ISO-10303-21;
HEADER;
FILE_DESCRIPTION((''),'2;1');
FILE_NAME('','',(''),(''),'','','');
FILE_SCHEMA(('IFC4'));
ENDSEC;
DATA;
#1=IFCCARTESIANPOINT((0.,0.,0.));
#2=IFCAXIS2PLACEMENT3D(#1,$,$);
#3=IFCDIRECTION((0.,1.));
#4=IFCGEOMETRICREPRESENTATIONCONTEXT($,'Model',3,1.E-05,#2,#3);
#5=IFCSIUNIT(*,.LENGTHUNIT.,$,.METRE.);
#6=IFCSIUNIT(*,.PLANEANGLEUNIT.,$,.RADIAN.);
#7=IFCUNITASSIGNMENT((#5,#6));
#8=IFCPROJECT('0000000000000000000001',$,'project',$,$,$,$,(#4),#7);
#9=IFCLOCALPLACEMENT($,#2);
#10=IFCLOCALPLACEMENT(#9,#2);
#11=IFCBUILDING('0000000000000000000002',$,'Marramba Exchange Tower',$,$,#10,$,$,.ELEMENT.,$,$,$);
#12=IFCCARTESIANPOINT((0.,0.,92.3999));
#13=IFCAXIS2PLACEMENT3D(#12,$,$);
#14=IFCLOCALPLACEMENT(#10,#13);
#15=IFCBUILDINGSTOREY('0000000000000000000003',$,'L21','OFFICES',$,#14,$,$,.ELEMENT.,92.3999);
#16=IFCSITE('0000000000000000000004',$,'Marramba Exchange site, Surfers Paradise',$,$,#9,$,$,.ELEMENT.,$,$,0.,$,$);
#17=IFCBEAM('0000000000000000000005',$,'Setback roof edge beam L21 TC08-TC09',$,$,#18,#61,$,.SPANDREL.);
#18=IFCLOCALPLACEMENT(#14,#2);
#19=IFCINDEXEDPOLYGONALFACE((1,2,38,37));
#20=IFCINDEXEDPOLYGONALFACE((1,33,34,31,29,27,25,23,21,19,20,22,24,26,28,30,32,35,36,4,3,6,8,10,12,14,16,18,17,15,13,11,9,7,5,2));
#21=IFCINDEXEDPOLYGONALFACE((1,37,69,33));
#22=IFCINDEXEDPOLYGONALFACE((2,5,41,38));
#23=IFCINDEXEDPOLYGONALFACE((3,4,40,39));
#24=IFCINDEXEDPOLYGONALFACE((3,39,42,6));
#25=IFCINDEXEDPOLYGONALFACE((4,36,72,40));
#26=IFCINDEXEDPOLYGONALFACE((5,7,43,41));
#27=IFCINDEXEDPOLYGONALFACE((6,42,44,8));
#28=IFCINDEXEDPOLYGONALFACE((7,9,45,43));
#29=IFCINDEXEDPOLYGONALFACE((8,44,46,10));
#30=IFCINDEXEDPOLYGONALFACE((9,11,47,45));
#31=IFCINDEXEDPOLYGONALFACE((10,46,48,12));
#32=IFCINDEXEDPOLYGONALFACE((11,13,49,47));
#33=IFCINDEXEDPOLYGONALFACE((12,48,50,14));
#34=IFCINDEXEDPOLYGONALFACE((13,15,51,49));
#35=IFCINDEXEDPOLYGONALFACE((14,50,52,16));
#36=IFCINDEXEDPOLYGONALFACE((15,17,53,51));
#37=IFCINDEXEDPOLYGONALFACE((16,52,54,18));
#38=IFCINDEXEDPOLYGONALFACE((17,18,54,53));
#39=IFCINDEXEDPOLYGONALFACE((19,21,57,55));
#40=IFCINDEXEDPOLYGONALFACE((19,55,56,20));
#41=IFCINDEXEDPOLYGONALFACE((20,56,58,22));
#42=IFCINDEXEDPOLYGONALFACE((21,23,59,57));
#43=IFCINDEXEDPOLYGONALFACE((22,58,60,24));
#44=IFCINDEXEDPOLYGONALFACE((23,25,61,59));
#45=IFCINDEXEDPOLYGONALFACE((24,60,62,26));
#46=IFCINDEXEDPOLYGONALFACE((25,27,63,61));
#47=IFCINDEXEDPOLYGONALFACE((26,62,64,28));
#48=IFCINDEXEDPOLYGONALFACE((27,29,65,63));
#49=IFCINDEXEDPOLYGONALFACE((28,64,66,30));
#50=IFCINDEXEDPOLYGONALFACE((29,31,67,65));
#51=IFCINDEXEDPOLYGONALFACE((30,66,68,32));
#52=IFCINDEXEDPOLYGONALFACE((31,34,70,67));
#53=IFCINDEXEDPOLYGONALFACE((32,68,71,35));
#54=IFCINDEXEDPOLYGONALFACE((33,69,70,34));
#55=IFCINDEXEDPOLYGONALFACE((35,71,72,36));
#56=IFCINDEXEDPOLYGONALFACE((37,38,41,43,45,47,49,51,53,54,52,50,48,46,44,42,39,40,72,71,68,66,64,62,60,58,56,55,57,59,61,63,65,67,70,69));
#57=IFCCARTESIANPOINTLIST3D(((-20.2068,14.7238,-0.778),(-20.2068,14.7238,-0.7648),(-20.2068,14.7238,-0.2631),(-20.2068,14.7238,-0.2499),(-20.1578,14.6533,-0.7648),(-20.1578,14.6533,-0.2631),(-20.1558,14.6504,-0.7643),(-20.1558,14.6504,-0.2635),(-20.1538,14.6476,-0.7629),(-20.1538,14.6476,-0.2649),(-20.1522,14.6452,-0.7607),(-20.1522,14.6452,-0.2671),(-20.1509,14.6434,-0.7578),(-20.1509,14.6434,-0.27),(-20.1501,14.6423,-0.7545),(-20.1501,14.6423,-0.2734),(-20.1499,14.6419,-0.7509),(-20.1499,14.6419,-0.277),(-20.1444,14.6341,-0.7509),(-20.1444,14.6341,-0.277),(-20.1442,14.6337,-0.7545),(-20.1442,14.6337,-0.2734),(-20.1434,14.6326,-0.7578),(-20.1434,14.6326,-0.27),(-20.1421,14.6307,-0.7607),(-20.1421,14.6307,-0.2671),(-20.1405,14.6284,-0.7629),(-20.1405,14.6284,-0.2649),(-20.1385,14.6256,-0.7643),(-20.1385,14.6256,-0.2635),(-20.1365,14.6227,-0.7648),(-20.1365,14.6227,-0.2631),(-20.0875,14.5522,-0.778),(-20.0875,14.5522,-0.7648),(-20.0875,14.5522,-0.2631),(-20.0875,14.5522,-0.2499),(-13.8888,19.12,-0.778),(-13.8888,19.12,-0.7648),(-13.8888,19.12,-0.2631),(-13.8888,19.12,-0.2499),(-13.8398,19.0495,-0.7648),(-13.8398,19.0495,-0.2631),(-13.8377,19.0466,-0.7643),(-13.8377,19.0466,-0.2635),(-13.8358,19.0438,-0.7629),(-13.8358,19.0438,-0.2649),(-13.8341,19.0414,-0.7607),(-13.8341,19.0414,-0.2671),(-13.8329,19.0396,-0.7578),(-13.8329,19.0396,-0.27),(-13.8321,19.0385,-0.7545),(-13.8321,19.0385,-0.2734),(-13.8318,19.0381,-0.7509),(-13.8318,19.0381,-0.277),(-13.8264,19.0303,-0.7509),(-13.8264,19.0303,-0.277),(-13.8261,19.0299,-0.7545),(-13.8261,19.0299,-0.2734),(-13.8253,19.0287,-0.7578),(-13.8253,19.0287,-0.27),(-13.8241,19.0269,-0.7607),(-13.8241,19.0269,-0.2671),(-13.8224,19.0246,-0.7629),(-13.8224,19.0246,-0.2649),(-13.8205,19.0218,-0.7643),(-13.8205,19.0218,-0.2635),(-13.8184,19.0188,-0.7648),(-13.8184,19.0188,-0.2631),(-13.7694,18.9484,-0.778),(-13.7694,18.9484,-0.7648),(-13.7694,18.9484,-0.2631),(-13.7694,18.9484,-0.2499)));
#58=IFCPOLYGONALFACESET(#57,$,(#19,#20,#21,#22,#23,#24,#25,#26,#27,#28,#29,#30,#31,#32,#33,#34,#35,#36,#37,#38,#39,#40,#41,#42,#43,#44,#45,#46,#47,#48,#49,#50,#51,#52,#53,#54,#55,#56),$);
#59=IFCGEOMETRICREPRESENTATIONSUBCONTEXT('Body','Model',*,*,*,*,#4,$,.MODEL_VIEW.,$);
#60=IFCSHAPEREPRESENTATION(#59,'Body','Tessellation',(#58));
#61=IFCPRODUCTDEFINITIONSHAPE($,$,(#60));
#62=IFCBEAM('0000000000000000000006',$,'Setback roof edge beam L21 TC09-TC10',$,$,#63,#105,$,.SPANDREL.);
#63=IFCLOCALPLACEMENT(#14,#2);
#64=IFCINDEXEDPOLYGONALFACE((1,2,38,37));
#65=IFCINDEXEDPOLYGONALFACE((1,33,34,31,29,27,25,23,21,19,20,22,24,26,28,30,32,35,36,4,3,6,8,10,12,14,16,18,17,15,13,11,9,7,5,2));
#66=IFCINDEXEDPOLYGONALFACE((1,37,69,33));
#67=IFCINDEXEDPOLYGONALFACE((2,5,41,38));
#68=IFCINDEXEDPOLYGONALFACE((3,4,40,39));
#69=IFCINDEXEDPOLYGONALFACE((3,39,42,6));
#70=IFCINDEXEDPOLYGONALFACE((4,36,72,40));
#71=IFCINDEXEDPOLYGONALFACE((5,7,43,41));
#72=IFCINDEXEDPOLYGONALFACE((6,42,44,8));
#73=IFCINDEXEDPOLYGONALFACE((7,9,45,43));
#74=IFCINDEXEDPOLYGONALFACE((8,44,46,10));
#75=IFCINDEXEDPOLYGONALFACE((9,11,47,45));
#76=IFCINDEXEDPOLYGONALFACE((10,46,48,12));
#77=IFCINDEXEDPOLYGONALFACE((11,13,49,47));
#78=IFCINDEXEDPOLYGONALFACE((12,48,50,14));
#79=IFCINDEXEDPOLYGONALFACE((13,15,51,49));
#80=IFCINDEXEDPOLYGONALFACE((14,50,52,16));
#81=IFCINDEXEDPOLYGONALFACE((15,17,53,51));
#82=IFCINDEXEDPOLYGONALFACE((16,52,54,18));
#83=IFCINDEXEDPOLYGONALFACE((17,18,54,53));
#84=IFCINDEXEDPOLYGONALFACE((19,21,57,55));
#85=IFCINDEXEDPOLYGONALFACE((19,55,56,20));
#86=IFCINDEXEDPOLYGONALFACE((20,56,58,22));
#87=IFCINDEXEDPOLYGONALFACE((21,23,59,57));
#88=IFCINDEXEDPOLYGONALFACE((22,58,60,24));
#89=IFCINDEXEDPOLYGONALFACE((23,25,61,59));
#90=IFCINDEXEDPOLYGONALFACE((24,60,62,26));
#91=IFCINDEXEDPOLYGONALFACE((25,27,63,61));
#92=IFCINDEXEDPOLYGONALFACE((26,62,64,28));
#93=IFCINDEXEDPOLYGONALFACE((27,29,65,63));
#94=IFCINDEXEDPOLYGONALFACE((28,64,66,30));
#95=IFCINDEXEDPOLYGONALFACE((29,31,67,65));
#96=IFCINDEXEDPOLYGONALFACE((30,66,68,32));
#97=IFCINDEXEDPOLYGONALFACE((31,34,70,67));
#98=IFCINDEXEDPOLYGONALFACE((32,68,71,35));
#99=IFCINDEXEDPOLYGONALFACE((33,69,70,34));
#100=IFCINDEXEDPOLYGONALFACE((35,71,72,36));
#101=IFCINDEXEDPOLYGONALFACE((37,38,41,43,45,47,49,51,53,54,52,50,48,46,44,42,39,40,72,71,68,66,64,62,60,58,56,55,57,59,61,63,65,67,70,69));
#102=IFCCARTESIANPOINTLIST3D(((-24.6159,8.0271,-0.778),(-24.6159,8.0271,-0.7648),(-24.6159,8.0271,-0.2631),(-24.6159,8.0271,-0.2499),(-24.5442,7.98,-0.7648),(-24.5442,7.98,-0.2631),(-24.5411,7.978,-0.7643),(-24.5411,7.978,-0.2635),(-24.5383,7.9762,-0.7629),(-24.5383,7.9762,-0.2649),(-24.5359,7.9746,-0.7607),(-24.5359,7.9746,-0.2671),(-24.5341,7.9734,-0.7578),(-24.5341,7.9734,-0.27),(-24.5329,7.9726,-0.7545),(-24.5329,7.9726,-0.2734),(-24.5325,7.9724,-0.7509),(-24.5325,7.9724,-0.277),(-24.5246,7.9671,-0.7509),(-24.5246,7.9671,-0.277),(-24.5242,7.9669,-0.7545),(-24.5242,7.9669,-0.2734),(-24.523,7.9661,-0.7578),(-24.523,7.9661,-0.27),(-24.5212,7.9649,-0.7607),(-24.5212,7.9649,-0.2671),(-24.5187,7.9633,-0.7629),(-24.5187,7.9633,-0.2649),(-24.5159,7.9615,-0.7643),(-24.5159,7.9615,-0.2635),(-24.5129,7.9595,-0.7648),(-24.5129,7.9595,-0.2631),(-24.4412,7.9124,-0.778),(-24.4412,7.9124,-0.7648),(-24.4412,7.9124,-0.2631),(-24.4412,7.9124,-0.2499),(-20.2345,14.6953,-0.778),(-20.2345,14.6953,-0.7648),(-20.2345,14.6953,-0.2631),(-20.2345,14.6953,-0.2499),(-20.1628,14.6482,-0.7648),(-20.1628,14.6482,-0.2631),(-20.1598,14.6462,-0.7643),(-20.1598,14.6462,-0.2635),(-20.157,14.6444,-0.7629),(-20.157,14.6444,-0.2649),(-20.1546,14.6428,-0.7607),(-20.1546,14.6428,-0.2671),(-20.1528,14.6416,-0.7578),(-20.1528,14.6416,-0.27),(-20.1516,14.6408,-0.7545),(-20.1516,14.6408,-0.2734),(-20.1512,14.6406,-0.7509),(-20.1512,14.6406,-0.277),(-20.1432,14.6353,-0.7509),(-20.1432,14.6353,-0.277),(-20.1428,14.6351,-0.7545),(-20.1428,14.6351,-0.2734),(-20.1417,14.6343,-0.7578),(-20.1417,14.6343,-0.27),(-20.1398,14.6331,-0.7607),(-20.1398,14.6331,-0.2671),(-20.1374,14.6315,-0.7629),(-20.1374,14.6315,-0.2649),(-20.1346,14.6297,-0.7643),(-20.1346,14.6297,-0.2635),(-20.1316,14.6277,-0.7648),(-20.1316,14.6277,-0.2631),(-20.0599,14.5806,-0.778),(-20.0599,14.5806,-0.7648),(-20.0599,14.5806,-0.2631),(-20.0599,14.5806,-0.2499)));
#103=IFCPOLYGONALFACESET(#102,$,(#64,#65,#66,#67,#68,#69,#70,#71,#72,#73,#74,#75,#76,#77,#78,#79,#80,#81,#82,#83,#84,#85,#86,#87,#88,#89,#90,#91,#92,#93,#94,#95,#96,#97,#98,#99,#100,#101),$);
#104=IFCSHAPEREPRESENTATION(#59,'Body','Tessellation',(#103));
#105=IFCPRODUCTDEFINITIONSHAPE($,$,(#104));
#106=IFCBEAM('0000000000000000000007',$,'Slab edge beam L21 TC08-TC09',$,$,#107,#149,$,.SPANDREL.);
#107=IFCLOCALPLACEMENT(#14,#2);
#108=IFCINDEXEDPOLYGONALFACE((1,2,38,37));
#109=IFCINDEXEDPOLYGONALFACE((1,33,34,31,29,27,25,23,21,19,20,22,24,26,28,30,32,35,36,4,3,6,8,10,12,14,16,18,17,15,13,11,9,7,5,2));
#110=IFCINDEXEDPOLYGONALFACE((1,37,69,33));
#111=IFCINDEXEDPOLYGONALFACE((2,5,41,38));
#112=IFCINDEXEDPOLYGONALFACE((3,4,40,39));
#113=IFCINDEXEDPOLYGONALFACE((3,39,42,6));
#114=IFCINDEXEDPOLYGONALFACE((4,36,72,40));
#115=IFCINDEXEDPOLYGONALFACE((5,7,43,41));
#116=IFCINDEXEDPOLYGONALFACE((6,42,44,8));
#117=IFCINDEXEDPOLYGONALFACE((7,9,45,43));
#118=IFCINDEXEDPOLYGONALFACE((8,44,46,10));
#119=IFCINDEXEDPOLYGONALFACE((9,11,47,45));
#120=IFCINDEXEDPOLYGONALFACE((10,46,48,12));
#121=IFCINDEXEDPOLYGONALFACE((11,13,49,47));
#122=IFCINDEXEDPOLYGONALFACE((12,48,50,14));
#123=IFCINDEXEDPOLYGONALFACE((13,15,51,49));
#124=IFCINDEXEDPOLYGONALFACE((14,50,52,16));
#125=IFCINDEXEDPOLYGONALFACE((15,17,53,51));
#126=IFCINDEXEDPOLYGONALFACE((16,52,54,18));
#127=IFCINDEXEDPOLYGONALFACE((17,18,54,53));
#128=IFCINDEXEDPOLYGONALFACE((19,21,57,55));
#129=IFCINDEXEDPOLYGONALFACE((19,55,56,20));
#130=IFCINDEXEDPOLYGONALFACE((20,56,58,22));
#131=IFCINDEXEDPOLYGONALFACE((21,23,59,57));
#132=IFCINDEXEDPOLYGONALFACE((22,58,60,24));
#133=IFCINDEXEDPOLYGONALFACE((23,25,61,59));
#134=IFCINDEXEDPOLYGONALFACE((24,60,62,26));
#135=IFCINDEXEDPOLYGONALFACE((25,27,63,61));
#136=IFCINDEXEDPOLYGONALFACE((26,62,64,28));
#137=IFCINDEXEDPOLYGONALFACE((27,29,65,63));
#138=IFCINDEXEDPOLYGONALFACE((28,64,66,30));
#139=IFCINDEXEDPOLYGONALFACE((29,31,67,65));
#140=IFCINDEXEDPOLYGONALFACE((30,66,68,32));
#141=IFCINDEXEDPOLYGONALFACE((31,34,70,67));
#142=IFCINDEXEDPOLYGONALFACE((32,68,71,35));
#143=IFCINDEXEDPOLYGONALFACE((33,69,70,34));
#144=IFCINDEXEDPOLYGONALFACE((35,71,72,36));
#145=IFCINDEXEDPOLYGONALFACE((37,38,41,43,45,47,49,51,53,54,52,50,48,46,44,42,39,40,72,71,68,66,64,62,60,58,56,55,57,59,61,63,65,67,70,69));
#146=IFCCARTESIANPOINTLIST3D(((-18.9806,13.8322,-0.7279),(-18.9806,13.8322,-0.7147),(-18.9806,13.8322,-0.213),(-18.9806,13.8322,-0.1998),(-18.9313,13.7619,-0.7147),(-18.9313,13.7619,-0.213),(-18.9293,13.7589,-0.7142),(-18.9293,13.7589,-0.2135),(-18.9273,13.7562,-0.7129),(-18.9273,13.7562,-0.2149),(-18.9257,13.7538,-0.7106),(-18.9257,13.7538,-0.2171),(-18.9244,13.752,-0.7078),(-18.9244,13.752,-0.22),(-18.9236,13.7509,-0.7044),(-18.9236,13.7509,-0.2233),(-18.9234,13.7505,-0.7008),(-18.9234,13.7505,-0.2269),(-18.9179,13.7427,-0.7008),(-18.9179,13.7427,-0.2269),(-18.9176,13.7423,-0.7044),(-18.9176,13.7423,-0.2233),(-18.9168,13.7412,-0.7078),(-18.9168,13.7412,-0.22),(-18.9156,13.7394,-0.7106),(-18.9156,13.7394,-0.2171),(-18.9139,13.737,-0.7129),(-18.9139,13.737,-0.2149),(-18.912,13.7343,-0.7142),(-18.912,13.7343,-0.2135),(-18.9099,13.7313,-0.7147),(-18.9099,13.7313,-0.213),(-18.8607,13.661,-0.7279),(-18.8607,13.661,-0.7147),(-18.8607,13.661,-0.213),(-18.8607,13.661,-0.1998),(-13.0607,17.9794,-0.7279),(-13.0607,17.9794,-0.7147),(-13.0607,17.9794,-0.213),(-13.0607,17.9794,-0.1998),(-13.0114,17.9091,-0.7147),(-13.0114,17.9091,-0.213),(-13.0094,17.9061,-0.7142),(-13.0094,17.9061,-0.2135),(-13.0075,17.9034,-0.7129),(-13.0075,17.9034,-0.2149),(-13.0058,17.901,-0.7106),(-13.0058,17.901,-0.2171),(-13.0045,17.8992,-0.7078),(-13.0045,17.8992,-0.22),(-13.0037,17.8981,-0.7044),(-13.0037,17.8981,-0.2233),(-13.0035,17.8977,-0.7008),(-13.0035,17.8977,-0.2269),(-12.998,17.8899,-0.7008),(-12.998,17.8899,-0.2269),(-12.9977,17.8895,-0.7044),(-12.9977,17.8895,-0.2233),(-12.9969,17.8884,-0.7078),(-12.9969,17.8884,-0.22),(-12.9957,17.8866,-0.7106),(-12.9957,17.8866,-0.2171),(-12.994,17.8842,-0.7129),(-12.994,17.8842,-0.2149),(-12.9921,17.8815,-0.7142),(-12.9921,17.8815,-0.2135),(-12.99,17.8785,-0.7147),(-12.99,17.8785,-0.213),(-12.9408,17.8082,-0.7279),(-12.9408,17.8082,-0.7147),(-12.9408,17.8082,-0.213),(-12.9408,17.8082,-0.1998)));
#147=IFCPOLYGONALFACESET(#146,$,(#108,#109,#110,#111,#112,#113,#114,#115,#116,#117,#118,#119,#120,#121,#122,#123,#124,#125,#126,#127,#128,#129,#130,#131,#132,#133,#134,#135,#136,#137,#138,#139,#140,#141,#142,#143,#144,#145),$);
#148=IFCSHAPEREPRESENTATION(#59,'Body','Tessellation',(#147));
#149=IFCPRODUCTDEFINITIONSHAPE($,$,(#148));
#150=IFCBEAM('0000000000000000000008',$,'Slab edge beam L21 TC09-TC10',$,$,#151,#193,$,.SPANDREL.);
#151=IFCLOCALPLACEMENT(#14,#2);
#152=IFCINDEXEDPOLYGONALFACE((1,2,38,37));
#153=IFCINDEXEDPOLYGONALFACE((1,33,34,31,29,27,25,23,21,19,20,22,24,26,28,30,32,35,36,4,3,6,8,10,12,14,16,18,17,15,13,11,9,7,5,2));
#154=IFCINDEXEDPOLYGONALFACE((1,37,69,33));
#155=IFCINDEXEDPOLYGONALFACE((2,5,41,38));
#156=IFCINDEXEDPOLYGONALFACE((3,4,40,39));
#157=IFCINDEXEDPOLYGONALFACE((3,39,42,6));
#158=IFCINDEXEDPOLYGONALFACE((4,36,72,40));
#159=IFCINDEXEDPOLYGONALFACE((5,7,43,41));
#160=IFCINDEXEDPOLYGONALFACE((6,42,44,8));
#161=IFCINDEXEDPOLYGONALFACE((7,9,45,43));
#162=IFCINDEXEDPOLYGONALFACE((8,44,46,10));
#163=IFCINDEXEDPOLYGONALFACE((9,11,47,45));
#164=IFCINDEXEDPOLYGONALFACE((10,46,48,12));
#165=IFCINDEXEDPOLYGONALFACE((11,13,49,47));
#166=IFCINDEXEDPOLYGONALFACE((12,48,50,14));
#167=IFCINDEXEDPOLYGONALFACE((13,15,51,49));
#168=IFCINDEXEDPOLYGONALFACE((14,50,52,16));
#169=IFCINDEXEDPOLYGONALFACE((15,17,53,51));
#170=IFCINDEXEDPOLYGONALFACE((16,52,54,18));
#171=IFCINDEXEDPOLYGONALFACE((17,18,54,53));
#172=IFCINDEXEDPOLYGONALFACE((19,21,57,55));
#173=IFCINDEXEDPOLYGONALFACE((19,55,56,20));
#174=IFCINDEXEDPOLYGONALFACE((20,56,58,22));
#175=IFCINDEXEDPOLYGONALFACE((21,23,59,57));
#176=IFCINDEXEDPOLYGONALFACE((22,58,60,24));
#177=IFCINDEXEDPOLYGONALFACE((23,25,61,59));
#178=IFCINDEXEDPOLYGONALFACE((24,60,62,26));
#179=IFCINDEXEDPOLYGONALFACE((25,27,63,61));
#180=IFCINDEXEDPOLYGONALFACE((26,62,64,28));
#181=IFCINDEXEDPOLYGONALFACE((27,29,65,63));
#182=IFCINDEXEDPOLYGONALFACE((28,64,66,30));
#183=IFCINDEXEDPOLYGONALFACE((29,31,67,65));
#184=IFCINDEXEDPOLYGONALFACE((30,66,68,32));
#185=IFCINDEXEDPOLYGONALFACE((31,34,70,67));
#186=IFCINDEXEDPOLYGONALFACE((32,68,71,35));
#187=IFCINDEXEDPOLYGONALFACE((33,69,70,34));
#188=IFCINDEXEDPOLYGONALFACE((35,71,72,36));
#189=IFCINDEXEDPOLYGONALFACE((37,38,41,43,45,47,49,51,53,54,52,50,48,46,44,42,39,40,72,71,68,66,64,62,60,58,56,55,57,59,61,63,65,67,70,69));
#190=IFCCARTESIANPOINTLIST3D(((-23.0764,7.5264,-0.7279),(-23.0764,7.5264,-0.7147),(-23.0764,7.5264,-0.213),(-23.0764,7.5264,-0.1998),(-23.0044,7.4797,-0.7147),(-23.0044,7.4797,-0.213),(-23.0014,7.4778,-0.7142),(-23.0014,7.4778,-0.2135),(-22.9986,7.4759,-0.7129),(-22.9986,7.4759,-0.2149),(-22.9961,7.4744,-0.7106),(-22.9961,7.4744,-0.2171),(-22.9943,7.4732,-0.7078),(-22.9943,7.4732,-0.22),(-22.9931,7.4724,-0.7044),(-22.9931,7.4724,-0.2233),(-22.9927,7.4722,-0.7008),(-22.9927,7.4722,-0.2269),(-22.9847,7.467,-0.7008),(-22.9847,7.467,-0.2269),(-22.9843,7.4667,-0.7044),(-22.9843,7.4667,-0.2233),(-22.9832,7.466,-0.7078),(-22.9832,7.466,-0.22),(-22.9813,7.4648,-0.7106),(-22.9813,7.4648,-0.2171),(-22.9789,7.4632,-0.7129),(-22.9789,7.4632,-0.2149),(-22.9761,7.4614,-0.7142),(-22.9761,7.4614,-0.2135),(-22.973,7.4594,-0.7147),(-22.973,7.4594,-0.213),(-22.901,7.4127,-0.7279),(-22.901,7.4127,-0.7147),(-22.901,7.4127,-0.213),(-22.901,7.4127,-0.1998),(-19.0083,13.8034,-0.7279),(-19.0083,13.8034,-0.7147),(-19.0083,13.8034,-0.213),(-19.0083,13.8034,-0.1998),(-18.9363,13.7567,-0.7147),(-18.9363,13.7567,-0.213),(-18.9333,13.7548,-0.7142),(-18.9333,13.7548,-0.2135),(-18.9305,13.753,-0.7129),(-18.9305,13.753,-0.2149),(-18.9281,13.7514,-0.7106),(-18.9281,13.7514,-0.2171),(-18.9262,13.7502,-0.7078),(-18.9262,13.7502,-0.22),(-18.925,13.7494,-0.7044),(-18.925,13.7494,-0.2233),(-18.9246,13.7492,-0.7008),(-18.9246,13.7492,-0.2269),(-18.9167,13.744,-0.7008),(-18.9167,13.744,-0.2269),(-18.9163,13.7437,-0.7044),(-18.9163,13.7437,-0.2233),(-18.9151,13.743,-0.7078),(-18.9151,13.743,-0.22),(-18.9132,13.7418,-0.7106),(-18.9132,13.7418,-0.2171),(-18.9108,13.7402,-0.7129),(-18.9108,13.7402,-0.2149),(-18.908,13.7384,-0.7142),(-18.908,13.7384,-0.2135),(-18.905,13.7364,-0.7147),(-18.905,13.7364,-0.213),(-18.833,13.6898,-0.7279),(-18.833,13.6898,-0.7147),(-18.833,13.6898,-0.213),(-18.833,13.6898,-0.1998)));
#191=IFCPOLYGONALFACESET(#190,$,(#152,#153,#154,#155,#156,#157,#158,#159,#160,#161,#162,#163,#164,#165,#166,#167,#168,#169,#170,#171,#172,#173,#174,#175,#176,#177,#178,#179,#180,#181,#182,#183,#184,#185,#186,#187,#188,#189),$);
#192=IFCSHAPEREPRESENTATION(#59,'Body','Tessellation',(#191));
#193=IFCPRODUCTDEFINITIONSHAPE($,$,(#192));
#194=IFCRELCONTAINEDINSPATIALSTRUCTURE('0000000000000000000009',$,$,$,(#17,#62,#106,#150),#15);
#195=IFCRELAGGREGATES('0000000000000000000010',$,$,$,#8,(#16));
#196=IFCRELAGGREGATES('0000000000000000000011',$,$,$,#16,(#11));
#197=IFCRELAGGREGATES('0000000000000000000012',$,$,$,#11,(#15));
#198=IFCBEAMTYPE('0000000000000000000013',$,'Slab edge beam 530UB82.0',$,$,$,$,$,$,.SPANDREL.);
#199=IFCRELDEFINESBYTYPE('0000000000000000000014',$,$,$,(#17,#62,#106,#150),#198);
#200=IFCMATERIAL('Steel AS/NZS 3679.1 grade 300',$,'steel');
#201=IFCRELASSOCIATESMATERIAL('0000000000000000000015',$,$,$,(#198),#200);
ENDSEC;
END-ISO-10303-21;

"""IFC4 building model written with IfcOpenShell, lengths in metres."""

from ifc_helpers import new_model, si_unit, direction, frame, origin, origin_2d, place, context, subcontext, project, spatial, i_section, extrude, material, material_profile, profile_set, type_object, element, save


model = new_model("IFC4")

# Units and contexts
model_context = context("Model", 3, precision=1e-05, world=origin(), true_north=direction((0.0, 1.0)))
body_context = subcontext(model_context, "Body", "Model", "MODEL_VIEW")
ifc_project = project(units=[si_unit("LENGTHUNIT", "METRE"), si_unit("PLANEANGLEUNIT", "RADIAN")], contexts=[model_context])

# Site, building, storey
site_placement = place(None, origin())
site = spatial("IfcSite", under=ifc_project, at=site_placement, Name="Marramba Exchange site, Surfers Paradise", CompositionType="ELEMENT", RefElevation=0.0)
building_placement = place(site_placement, origin())
building = spatial("IfcBuilding", under=site, at=building_placement, Name="Marramba Exchange Tower", CompositionType="ELEMENT")
storey_placement = place(building_placement, frame((0.0, 0.0, 92.3999)))
storey = spatial("IfcBuildingStorey", under=building, at=storey_placement, Name="L21", Description="OFFICES", CompositionType="ELEMENT", Elevation=92.3999)

# Shared definitions
ifc_material_1 = material(Name="Steel AS/NZS 3679.1 grade 300", Category="steel")

# Beams
ifc_material_profile_1 = material_profile(ifc_material_1, i_section(OverallWidth=0.209, OverallDepth=0.5281, WebThickness=0.0095, FlangeThickness=0.0132, FilletRadius=0.0139, at=origin_2d()), Name="530UB82.0")
ifc_profile_set_1 = profile_set([ifc_material_profile_1], Name="Steel AS/NZS 3679.1 grade 300")
beam_type_1 = type_object("IfcBeamType", Name="Slab edge beam 530UB82.0", PredefinedType="SPANDREL", material=ifc_profile_set_1)
beam_1_placement = place(storey_placement, frame((-13.8291, 19.0342, -0.5139), z_axis=(-0.820842, -0.571155, 0.0), x_axis=(0.571155, -0.820842, 0.0)))
element("IfcBeam", 1, at=beam_1_placement, inside=storey, type_object=beam_type_1, Name="Setback roof edge beam L21 TC08-TC09", PredefinedType="SPANDREL", context=body_context, shape_type="SweptSolid", body=[
    extrude(i_section(OverallWidth=0.209, OverallDepth=0.5281, WebThickness=0.0095, FlangeThickness=0.0132, FilletRadius=0.0139, at=origin_2d()), origin(), (0.0, 0.0, 1.0), 7.697),
])
beam_2_placement = place(storey_placement, frame((-20.1472, 14.6379, -0.5139), z_axis=(-0.549124, -0.835741, 0.0), x_axis=(0.835741, -0.549124, 0.0)))
element("IfcBeam", 2, at=beam_2_placement, inside=storey, type_object=beam_type_1, Name="Setback roof edge beam L21 TC09-TC10", PredefinedType="SPANDREL", context=body_context, shape_type="SweptSolid", body=[
    extrude(i_section(OverallWidth=0.209, OverallDepth=0.5281, WebThickness=0.0095, FlangeThickness=0.0132, FilletRadius=0.0139, at=origin_2d()), origin(), (0.0, 0.0, 1.0), 7.9788),
])
beam_3_placement = place(storey_placement, frame((-13.0007, 17.8938, -0.4639), z_axis=(-0.819019, -0.573766, 0.0), x_axis=(0.573766, -0.819019, 0.0)))
element("IfcBeam", 3, at=beam_3_placement, inside=storey, type_object=beam_type_1, Name="Slab edge beam L21 TC08-TC09", PredefinedType="SPANDREL", context=body_context, shape_type="SweptSolid", body=[
    extrude(i_section(OverallWidth=0.209, OverallDepth=0.5281, WebThickness=0.0095, FlangeThickness=0.0132, FilletRadius=0.0139, at=origin_2d()), origin(), (0.0, 0.0, 1.0), 7.228),
])
beam_4_placement = place(storey_placement, frame((-18.9207, 13.7466, -0.4639), z_axis=(-0.54386, -0.839176, 0.0), x_axis=(0.839176, -0.54386, 0.0)))
element("IfcBeam", 4, at=beam_4_placement, inside=storey, type_object=beam_type_1, Name="Slab edge beam L21 TC09-TC10", PredefinedType="SPANDREL", context=body_context, shape_type="SweptSolid", body=[
    extrude(i_section(OverallWidth=0.209, OverallDepth=0.5281, WebThickness=0.0095, FlangeThickness=0.0132, FilletRadius=0.0139, at=origin_2d()), origin(), (0.0, 0.0, 1.0), 7.48),
])

save(model, "model.ifc")
